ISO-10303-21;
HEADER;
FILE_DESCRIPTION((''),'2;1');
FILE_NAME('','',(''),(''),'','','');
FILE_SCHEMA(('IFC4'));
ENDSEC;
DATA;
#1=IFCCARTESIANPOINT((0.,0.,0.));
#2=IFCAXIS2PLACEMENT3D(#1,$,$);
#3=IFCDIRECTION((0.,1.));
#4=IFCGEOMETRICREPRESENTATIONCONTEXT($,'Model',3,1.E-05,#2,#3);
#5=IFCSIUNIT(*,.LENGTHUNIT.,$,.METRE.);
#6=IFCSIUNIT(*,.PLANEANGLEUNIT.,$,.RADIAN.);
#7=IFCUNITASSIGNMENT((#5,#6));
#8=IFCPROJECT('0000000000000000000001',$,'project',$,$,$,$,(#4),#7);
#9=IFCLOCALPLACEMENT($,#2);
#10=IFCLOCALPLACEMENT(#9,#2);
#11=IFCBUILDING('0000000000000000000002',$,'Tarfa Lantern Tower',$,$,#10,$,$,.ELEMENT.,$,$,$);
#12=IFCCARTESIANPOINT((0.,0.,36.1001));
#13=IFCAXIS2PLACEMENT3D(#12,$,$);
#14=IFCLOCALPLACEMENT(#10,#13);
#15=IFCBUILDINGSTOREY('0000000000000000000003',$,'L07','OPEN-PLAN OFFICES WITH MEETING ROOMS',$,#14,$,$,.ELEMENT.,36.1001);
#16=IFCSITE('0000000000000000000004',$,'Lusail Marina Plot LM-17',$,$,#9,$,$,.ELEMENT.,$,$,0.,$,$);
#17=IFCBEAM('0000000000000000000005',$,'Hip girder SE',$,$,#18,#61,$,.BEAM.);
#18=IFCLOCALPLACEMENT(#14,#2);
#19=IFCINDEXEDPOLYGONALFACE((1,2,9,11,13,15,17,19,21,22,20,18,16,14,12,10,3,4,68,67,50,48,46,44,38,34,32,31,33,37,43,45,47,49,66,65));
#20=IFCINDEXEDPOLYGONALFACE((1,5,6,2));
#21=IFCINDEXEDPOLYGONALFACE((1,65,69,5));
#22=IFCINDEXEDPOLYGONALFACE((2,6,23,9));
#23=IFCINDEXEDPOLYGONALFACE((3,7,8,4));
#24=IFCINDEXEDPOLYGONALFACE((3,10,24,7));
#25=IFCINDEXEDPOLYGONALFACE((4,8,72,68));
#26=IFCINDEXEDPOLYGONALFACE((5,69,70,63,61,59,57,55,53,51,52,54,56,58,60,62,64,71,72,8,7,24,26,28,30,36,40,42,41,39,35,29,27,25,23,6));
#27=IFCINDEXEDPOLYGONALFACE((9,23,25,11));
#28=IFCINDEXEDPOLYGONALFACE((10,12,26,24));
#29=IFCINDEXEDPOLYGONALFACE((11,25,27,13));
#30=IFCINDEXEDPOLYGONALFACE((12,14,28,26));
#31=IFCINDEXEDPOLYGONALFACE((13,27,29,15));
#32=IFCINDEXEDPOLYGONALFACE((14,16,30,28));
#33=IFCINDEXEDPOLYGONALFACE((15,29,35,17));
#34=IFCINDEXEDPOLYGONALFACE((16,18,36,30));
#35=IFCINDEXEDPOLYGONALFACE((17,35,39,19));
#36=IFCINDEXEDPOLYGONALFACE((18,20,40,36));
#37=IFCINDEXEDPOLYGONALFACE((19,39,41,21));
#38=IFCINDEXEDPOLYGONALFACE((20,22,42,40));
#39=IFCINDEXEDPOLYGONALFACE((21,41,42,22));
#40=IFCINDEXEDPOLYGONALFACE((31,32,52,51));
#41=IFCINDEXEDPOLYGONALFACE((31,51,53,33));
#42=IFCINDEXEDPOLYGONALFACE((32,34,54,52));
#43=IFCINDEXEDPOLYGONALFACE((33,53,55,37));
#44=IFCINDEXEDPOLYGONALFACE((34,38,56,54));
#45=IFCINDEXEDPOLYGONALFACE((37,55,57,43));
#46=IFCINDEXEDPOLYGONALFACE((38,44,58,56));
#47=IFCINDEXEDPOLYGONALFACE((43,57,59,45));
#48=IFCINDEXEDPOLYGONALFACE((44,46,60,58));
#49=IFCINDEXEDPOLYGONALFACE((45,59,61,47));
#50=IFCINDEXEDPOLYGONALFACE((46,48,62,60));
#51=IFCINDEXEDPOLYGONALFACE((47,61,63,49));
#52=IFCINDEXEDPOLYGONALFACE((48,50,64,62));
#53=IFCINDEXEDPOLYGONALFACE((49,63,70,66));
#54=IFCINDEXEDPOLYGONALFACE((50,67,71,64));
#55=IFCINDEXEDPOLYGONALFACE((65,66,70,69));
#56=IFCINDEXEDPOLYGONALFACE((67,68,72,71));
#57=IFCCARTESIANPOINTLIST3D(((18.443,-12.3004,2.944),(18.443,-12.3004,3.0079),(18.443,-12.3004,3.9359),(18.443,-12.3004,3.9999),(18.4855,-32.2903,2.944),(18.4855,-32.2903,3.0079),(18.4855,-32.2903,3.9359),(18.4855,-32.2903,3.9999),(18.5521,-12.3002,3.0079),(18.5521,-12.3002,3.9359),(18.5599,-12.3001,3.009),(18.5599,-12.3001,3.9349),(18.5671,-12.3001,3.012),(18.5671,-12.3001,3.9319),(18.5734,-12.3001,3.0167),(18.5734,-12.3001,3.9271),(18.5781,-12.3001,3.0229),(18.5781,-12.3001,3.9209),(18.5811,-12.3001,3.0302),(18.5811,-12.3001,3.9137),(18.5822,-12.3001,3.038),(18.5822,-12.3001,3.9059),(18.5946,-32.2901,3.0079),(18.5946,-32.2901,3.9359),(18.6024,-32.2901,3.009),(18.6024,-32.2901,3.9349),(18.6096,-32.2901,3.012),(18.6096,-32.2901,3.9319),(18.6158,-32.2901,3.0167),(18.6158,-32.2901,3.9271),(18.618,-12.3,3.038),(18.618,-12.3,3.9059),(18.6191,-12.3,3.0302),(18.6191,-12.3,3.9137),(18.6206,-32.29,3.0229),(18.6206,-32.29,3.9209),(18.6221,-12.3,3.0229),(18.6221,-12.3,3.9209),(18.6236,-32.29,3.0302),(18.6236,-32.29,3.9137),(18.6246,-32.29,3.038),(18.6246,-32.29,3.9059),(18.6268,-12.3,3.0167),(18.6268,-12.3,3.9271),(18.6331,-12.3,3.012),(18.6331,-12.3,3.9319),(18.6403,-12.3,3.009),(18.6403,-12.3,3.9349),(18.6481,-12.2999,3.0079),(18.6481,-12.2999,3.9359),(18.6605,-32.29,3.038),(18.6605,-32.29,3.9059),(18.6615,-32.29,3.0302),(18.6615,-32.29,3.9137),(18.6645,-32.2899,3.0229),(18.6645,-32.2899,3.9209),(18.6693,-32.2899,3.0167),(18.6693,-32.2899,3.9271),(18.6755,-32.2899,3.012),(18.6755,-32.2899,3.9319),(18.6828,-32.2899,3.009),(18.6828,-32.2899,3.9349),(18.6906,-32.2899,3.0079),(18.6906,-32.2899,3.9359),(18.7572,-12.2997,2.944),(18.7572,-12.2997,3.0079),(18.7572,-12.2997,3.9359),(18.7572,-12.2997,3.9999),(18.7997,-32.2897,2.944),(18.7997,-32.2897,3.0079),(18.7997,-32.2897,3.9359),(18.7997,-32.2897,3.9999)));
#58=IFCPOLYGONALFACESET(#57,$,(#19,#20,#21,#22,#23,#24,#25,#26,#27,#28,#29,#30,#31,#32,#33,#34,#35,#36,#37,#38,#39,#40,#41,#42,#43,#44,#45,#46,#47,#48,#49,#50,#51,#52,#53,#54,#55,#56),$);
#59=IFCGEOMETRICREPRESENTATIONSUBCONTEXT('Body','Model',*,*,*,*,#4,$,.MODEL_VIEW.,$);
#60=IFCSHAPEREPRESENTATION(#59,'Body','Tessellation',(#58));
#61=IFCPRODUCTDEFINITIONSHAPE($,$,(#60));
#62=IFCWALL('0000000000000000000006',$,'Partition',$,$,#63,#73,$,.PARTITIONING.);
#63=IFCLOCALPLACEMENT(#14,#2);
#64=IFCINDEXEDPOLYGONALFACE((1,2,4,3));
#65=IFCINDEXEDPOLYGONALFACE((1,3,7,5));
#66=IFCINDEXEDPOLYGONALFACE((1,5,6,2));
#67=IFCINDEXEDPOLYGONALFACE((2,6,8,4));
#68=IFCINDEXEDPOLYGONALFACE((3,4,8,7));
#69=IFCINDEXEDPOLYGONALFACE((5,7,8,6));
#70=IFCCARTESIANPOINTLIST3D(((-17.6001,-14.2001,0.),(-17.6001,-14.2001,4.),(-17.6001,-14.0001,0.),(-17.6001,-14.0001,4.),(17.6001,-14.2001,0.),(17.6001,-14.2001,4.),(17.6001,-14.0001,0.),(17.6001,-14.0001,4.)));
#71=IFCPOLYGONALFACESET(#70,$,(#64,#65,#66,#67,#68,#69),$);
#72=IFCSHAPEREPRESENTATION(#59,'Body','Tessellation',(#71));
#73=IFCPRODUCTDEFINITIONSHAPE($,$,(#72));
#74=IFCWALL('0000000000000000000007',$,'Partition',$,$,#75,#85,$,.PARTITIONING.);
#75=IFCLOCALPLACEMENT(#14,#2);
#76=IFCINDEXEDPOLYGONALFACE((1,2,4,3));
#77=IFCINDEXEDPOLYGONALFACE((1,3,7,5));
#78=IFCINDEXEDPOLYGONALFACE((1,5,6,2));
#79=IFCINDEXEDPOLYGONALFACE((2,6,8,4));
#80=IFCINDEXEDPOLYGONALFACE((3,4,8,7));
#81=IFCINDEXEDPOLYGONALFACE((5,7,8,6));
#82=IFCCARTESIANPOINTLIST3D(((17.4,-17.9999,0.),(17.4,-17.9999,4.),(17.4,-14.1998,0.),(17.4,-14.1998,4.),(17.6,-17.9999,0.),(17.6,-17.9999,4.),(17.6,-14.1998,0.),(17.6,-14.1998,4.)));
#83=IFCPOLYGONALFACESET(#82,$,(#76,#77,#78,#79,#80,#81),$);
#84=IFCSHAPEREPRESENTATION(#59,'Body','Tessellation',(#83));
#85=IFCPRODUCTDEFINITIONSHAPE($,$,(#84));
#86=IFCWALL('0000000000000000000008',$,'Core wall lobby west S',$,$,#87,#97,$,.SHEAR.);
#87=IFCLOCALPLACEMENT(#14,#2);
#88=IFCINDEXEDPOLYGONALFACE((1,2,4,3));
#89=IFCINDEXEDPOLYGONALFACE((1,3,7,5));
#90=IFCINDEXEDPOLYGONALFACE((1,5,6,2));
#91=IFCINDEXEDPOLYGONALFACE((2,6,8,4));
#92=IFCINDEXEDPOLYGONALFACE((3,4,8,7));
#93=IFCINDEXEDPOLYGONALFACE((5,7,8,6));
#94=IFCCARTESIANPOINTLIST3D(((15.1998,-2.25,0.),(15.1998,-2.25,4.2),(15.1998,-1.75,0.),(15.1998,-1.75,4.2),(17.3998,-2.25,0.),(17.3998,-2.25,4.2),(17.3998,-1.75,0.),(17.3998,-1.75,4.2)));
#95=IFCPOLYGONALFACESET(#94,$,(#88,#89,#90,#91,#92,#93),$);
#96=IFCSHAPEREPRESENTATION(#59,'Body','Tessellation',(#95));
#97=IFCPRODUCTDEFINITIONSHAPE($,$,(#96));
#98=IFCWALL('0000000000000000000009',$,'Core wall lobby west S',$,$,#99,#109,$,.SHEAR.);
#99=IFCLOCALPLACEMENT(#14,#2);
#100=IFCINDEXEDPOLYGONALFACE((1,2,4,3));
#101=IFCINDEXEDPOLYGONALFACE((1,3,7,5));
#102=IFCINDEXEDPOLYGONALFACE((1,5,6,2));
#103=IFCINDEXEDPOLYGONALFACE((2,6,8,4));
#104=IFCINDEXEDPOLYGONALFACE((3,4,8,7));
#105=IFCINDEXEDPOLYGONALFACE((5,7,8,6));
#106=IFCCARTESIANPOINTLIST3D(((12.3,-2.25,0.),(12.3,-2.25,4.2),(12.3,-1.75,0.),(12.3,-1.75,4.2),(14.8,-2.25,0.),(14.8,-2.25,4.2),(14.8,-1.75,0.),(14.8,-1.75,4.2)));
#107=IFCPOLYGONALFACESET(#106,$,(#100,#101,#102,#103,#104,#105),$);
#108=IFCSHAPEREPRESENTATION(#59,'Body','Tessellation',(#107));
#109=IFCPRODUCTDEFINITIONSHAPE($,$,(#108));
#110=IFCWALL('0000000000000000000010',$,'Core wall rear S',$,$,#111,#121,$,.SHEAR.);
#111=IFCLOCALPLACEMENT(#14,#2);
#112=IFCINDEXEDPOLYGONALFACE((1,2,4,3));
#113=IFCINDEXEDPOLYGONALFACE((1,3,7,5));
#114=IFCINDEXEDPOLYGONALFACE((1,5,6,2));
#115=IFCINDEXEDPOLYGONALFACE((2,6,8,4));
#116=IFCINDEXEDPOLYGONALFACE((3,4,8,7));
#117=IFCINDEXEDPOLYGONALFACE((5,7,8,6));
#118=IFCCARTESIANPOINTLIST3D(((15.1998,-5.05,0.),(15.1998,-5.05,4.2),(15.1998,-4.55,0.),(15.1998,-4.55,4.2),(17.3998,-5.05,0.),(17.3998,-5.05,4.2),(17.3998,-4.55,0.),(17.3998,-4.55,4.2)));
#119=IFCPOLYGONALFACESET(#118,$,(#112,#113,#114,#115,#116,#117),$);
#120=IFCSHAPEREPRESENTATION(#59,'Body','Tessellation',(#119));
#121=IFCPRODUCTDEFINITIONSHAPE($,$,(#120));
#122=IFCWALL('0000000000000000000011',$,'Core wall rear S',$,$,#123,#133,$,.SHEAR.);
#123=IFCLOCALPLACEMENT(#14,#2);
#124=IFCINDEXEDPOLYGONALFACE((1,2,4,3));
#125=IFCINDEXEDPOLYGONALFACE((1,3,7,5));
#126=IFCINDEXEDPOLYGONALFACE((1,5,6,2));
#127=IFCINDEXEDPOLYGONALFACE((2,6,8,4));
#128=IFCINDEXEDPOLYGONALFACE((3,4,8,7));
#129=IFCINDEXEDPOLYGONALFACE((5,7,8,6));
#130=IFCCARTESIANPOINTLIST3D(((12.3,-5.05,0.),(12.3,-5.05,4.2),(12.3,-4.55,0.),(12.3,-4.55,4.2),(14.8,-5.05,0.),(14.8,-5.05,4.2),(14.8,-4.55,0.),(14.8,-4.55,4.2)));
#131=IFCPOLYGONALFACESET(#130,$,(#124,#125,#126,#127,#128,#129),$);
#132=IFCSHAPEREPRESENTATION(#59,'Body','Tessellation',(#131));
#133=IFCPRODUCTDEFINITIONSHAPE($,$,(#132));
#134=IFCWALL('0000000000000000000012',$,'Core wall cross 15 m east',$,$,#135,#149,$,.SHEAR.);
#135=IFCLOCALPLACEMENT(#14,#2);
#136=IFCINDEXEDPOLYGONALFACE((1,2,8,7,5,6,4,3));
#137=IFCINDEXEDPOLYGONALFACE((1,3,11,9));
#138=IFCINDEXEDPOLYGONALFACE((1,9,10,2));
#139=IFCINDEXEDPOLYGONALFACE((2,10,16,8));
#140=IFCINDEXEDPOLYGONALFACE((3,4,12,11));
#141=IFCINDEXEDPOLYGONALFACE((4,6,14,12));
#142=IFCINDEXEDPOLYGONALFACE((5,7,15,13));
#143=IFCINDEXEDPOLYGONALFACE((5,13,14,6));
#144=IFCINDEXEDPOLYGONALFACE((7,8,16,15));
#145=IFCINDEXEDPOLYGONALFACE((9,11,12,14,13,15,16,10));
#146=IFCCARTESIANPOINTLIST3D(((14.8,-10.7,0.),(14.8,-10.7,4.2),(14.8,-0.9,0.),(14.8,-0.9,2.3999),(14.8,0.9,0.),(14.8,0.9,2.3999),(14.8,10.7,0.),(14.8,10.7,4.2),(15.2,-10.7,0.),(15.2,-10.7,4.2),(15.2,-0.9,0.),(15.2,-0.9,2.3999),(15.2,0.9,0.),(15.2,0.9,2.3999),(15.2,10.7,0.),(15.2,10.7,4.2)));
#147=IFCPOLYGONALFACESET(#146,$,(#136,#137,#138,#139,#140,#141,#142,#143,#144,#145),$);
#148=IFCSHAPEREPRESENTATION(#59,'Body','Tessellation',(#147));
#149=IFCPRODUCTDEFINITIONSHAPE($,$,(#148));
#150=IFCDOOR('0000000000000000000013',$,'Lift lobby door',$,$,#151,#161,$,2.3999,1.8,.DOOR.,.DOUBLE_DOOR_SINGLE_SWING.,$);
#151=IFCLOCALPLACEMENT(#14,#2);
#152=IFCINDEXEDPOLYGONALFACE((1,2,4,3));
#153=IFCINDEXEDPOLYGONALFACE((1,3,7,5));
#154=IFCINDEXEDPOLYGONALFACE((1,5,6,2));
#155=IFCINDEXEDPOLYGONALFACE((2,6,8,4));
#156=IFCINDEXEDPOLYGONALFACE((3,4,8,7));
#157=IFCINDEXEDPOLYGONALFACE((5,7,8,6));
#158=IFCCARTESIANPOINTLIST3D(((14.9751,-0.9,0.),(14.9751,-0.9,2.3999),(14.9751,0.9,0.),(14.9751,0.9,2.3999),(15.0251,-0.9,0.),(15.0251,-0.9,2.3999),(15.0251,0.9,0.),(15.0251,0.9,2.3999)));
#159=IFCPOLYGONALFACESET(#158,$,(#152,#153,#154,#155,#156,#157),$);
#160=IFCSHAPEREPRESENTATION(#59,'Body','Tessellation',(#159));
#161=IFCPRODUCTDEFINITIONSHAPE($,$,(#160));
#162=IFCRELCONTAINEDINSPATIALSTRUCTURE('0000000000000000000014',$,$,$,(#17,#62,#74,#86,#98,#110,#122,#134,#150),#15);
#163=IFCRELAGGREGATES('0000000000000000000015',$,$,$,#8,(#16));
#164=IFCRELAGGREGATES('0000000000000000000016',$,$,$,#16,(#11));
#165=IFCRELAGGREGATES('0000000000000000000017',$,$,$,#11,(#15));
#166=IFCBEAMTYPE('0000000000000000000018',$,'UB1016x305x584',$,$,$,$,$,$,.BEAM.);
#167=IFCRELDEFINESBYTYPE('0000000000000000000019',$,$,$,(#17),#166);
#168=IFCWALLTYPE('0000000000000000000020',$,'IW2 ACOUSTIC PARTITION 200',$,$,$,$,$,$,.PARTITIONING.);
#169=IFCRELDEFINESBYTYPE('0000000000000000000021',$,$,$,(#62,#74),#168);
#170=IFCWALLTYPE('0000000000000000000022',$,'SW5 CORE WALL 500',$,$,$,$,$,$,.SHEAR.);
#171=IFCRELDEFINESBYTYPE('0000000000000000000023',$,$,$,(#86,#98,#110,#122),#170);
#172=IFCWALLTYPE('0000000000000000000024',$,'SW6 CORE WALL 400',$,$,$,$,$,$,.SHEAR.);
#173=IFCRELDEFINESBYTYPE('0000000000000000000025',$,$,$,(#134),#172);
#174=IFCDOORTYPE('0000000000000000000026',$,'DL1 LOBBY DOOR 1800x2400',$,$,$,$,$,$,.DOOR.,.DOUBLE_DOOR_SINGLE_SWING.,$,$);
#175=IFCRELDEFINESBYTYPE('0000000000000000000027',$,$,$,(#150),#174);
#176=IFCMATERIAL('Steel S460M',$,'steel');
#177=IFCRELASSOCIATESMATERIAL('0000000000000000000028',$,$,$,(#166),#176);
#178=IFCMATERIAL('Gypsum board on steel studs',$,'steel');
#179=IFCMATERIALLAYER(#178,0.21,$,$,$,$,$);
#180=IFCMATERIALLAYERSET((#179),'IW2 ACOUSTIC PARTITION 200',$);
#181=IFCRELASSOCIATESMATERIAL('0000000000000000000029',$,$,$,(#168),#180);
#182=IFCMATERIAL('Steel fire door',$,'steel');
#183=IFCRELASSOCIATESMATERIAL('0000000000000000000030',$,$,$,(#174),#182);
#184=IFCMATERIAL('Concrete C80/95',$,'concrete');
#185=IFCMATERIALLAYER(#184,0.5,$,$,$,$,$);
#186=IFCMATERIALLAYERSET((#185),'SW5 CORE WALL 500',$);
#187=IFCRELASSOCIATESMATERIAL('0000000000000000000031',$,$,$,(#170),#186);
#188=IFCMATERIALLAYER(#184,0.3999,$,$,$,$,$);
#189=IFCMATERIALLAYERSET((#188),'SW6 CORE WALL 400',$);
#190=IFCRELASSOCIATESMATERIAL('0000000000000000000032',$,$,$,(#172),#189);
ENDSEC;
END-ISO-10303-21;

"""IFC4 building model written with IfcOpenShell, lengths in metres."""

from ifc_helpers import new_model, si_unit, direction, frame, frame_2d, origin, origin_2d, place, context, subcontext, project, spatial, rectangle, i_section, extrude, material, layer, layer_set, material_profile, profile_set, type_object, element, fill, save


model = new_model("IFC4")

# Units and contexts
model_context = context("Model", 3, precision=1e-05, world=origin(), true_north=direction((0.0, 1.0)))
body_context = subcontext(model_context, "Body", "Model", "MODEL_VIEW")
ifc_project = project(units=[si_unit("LENGTHUNIT", "METRE"), si_unit("PLANEANGLEUNIT", "RADIAN")], contexts=[model_context])

# Site, building, storey
site_placement = place(None, origin())
site = spatial("IfcSite", under=ifc_project, at=site_placement, Name="Lusail Marina Plot LM-17", CompositionType="ELEMENT", RefElevation=0.0)
building_placement = place(site_placement, origin())
building = spatial("IfcBuilding", under=site, at=building_placement, Name="Tarfa Lantern Tower", CompositionType="ELEMENT")
storey_placement = place(building_placement, frame((0.0, 0.0, 36.1001)))
storey = spatial("IfcBuildingStorey", under=building, at=storey_placement, Name="L07", Description="OPEN-PLAN OFFICES WITH MEETING ROOMS", CompositionType="ELEMENT", Elevation=36.1001)

# Beam
ifc_material_1 = material(Name="Steel S460M", Category="steel")
ifc_material_profile = material_profile(ifc_material_1, i_section(OverallWidth=0.3142, OverallDepth=1.0559, WebThickness=0.0359, FlangeThickness=0.064, FilletRadius=0.03, at=origin_2d()), Name="UB1016x305x584")
ifc_profile_set = profile_set([ifc_material_profile], Name="Steel S460M")
beam_type = type_object("IfcBeamType", Name="UB1016x305x584", PredefinedType="BEAM", material=ifc_profile_set)
beam_placement = place(storey_placement, frame((18.6001, -12.3, 3.4719), z_axis=(0.002125, -0.999998, 0.0), x_axis=(0.999998, 0.002125, 0.0)))
element("IfcBeam", 1, at=beam_placement, inside=storey, type_object=beam_type, Name="Hip girder SE", PredefinedType="BEAM", context=body_context, shape_type="SweptSolid", body=[
    extrude(i_section(OverallWidth=0.3142, OverallDepth=1.0559, WebThickness=0.0359, FlangeThickness=0.064, FilletRadius=0.03, at=origin_2d()), origin(), (0.0, 0.0, 1.0), 19.99),
])

# Walls
ifc_material_2 = material(Name="Gypsum board on steel studs", Category="steel")
ifc_layer_1 = layer(ifc_material_2, 0.21)
ifc_layer_set_1 = layer_set([ifc_layer_1], Name="IW2 ACOUSTIC PARTITION 200")
wall_type_1 = type_object("IfcWallType", Name="IW2 ACOUSTIC PARTITION 200", PredefinedType="PARTITIONING", material=ifc_layer_set_1)
wall_1_placement = place(storey_placement, frame((17.6001, -14.1001, 0.0), z_axis=(0.0, 0.0, 1.0), x_axis=(-1.0, 0.0, 0.0)))
element("IfcWall", 2, at=wall_1_placement, inside=storey, type_object=wall_type_1, Name="Partition", PredefinedType="PARTITIONING", context=body_context, shape_type="SweptSolid", body=[
    extrude(rectangle(XDim=35.2002, YDim=0.2, at=frame_2d((17.6001, 0.0))), origin(), (0.0, 0.0, 1.0), 4.0),
])
wall_2_placement = place(storey_placement, frame((17.5, -14.2, 0.0), z_axis=(0.0, 0.0, 1.0), x_axis=(0.0, -1.0, 0.0)))
element("IfcWall", 3, at=wall_2_placement, inside=storey, type_object=wall_type_1, Name="Partition", PredefinedType="PARTITIONING", context=body_context, shape_type="SweptSolid", body=[
    extrude(rectangle(XDim=3.8, YDim=0.2, at=frame_2d((1.8999, 0.0))), origin(), (0.0, 0.0, 1.0), 4.0),
])

# Shared definitions
ifc_material_3 = material(Name="Concrete C80/95", Category="concrete")
ifc_material_4 = material(Name="Steel fire door", Category="steel")
door_type_1 = type_object("IfcDoorType", Name="DL1 LOBBY DOOR 1800x2400", OperationType="DOUBLE_DOOR_SINGLE_SWING", PredefinedType="DOOR", material=ifc_material_4)

# Walls
ifc_layer_2 = layer(ifc_material_3, 0.5)
ifc_layer_set_2 = layer_set([ifc_layer_2], Name="SW5 CORE WALL 500")
wall_type_2 = type_object("IfcWallType", Name="SW5 CORE WALL 500", PredefinedType="SHEAR", material=ifc_layer_set_2)
wall_3_placement = place(storey_placement, frame((17.3999, -2.0, 0.0), z_axis=(0.0, 0.0, 1.0), x_axis=(-1.0, 0.0, 0.0)))
element("IfcWall", 4, at=wall_3_placement, inside=storey, type_object=wall_type_2, Name="Core wall lobby west S", PredefinedType="SHEAR", context=body_context, shape_type="SweptSolid", body=[
    extrude(rectangle(XDim=2.2, YDim=0.5, at=frame_2d((1.1001, 0.0))), origin(), (0.0, 0.0, 1.0), 4.2),
])
wall_4_placement = place(storey_placement, frame((14.8, -2.0, 0.0), z_axis=(0.0, 0.0, 1.0), x_axis=(-1.0, 0.0, 0.0)))
element("IfcWall", 5, at=wall_4_placement, inside=storey, type_object=wall_type_2, Name="Core wall lobby west S", PredefinedType="SHEAR", context=body_context, shape_type="SweptSolid", body=[
    extrude(rectangle(XDim=2.5, YDim=0.5, at=frame_2d((1.25, 0.0))), origin(), (0.0, 0.0, 1.0), 4.2),
])
wall_5_placement = place(storey_placement, frame((17.3999, -4.8, 0.0), z_axis=(0.0, 0.0, 1.0), x_axis=(-1.0, 0.0, 0.0)))
element("IfcWall", 6, at=wall_5_placement, inside=storey, type_object=wall_type_2, Name="Core wall rear S", PredefinedType="SHEAR", context=body_context, shape_type="SweptSolid", body=[
    extrude(rectangle(XDim=2.2, YDim=0.5, at=frame_2d((1.1001, 0.0))), origin(), (0.0, 0.0, 1.0), 4.2),
])
wall_6_placement = place(storey_placement, frame((14.8, -4.8, 0.0), z_axis=(0.0, 0.0, 1.0), x_axis=(-1.0, 0.0, 0.0)))
element("IfcWall", 7, at=wall_6_placement, inside=storey, type_object=wall_type_2, Name="Core wall rear S", PredefinedType="SHEAR", context=body_context, shape_type="SweptSolid", body=[
    extrude(rectangle(XDim=2.5, YDim=0.5, at=frame_2d((1.25, 0.0))), origin(), (0.0, 0.0, 1.0), 4.2),
])

# Wall, opening, door
ifc_layer_3 = layer(ifc_material_3, 0.3999)
ifc_layer_set_3 = layer_set([ifc_layer_3], Name="SW6 CORE WALL 400")
wall_type_3 = type_object("IfcWallType", Name="SW6 CORE WALL 400", PredefinedType="SHEAR", material=ifc_layer_set_3)
wall_7_placement = place(storey_placement, frame((15.0, -10.7, 0.0), z_axis=(0.0, 0.0, 1.0), x_axis=(0.0, 1.0, 0.0)))
wall_7 = element("IfcWall", 8, at=wall_7_placement, inside=storey, type_object=wall_type_3, Name="Core wall cross 15 m east", PredefinedType="SHEAR", context=body_context, shape_type="SweptSolid", body=[
    extrude(rectangle(XDim=21.3999, YDim=0.3999, at=frame_2d((10.7, 0.0))), origin(), (0.0, 0.0, 1.0), 4.2),
])
opening_1_placement = place(wall_7_placement, frame((9.8, 0.0, 0.0)))
opening_1 = element("IfcOpeningElement", 9, at=opening_1_placement, cuts=wall_7, PredefinedType="OPENING", context=body_context, shape_type="SweptSolid", body=[
    extrude(rectangle(XDim=1.8, YDim=2.3999, at=frame_2d((0.8999, 1.2))), frame((0.0, 0.21, 0.0), z_axis=(0.0, -1.0, 0.0), x_axis=(1.0, 0.0, 0.0)), (0.0, 0.0, 1.0), 0.4199),
])
door_1_placement = place(opening_1_placement, origin())
door_1 = element("IfcDoor", 10, at=door_1_placement, inside=storey, type_object=door_type_1, Name="Lift lobby door", OperationType="DOUBLE_DOOR_SINGLE_SWING", OverallHeight=2.3999, OverallWidth=1.8, PredefinedType="DOOR", context=body_context, shape_type="SweptSolid", body=[
    extrude(rectangle(XDim=1.8, YDim=2.3999, at=frame_2d((0.8999, 1.2))), frame((0.0, 0.0249, 0.0), z_axis=(0.0, -1.0, 0.0), x_axis=(1.0, 0.0, 0.0)), (0.0, 0.0, 1.0), 0.05),
])
fill(opening_1, door_1)

save(model, "model.ifc")
